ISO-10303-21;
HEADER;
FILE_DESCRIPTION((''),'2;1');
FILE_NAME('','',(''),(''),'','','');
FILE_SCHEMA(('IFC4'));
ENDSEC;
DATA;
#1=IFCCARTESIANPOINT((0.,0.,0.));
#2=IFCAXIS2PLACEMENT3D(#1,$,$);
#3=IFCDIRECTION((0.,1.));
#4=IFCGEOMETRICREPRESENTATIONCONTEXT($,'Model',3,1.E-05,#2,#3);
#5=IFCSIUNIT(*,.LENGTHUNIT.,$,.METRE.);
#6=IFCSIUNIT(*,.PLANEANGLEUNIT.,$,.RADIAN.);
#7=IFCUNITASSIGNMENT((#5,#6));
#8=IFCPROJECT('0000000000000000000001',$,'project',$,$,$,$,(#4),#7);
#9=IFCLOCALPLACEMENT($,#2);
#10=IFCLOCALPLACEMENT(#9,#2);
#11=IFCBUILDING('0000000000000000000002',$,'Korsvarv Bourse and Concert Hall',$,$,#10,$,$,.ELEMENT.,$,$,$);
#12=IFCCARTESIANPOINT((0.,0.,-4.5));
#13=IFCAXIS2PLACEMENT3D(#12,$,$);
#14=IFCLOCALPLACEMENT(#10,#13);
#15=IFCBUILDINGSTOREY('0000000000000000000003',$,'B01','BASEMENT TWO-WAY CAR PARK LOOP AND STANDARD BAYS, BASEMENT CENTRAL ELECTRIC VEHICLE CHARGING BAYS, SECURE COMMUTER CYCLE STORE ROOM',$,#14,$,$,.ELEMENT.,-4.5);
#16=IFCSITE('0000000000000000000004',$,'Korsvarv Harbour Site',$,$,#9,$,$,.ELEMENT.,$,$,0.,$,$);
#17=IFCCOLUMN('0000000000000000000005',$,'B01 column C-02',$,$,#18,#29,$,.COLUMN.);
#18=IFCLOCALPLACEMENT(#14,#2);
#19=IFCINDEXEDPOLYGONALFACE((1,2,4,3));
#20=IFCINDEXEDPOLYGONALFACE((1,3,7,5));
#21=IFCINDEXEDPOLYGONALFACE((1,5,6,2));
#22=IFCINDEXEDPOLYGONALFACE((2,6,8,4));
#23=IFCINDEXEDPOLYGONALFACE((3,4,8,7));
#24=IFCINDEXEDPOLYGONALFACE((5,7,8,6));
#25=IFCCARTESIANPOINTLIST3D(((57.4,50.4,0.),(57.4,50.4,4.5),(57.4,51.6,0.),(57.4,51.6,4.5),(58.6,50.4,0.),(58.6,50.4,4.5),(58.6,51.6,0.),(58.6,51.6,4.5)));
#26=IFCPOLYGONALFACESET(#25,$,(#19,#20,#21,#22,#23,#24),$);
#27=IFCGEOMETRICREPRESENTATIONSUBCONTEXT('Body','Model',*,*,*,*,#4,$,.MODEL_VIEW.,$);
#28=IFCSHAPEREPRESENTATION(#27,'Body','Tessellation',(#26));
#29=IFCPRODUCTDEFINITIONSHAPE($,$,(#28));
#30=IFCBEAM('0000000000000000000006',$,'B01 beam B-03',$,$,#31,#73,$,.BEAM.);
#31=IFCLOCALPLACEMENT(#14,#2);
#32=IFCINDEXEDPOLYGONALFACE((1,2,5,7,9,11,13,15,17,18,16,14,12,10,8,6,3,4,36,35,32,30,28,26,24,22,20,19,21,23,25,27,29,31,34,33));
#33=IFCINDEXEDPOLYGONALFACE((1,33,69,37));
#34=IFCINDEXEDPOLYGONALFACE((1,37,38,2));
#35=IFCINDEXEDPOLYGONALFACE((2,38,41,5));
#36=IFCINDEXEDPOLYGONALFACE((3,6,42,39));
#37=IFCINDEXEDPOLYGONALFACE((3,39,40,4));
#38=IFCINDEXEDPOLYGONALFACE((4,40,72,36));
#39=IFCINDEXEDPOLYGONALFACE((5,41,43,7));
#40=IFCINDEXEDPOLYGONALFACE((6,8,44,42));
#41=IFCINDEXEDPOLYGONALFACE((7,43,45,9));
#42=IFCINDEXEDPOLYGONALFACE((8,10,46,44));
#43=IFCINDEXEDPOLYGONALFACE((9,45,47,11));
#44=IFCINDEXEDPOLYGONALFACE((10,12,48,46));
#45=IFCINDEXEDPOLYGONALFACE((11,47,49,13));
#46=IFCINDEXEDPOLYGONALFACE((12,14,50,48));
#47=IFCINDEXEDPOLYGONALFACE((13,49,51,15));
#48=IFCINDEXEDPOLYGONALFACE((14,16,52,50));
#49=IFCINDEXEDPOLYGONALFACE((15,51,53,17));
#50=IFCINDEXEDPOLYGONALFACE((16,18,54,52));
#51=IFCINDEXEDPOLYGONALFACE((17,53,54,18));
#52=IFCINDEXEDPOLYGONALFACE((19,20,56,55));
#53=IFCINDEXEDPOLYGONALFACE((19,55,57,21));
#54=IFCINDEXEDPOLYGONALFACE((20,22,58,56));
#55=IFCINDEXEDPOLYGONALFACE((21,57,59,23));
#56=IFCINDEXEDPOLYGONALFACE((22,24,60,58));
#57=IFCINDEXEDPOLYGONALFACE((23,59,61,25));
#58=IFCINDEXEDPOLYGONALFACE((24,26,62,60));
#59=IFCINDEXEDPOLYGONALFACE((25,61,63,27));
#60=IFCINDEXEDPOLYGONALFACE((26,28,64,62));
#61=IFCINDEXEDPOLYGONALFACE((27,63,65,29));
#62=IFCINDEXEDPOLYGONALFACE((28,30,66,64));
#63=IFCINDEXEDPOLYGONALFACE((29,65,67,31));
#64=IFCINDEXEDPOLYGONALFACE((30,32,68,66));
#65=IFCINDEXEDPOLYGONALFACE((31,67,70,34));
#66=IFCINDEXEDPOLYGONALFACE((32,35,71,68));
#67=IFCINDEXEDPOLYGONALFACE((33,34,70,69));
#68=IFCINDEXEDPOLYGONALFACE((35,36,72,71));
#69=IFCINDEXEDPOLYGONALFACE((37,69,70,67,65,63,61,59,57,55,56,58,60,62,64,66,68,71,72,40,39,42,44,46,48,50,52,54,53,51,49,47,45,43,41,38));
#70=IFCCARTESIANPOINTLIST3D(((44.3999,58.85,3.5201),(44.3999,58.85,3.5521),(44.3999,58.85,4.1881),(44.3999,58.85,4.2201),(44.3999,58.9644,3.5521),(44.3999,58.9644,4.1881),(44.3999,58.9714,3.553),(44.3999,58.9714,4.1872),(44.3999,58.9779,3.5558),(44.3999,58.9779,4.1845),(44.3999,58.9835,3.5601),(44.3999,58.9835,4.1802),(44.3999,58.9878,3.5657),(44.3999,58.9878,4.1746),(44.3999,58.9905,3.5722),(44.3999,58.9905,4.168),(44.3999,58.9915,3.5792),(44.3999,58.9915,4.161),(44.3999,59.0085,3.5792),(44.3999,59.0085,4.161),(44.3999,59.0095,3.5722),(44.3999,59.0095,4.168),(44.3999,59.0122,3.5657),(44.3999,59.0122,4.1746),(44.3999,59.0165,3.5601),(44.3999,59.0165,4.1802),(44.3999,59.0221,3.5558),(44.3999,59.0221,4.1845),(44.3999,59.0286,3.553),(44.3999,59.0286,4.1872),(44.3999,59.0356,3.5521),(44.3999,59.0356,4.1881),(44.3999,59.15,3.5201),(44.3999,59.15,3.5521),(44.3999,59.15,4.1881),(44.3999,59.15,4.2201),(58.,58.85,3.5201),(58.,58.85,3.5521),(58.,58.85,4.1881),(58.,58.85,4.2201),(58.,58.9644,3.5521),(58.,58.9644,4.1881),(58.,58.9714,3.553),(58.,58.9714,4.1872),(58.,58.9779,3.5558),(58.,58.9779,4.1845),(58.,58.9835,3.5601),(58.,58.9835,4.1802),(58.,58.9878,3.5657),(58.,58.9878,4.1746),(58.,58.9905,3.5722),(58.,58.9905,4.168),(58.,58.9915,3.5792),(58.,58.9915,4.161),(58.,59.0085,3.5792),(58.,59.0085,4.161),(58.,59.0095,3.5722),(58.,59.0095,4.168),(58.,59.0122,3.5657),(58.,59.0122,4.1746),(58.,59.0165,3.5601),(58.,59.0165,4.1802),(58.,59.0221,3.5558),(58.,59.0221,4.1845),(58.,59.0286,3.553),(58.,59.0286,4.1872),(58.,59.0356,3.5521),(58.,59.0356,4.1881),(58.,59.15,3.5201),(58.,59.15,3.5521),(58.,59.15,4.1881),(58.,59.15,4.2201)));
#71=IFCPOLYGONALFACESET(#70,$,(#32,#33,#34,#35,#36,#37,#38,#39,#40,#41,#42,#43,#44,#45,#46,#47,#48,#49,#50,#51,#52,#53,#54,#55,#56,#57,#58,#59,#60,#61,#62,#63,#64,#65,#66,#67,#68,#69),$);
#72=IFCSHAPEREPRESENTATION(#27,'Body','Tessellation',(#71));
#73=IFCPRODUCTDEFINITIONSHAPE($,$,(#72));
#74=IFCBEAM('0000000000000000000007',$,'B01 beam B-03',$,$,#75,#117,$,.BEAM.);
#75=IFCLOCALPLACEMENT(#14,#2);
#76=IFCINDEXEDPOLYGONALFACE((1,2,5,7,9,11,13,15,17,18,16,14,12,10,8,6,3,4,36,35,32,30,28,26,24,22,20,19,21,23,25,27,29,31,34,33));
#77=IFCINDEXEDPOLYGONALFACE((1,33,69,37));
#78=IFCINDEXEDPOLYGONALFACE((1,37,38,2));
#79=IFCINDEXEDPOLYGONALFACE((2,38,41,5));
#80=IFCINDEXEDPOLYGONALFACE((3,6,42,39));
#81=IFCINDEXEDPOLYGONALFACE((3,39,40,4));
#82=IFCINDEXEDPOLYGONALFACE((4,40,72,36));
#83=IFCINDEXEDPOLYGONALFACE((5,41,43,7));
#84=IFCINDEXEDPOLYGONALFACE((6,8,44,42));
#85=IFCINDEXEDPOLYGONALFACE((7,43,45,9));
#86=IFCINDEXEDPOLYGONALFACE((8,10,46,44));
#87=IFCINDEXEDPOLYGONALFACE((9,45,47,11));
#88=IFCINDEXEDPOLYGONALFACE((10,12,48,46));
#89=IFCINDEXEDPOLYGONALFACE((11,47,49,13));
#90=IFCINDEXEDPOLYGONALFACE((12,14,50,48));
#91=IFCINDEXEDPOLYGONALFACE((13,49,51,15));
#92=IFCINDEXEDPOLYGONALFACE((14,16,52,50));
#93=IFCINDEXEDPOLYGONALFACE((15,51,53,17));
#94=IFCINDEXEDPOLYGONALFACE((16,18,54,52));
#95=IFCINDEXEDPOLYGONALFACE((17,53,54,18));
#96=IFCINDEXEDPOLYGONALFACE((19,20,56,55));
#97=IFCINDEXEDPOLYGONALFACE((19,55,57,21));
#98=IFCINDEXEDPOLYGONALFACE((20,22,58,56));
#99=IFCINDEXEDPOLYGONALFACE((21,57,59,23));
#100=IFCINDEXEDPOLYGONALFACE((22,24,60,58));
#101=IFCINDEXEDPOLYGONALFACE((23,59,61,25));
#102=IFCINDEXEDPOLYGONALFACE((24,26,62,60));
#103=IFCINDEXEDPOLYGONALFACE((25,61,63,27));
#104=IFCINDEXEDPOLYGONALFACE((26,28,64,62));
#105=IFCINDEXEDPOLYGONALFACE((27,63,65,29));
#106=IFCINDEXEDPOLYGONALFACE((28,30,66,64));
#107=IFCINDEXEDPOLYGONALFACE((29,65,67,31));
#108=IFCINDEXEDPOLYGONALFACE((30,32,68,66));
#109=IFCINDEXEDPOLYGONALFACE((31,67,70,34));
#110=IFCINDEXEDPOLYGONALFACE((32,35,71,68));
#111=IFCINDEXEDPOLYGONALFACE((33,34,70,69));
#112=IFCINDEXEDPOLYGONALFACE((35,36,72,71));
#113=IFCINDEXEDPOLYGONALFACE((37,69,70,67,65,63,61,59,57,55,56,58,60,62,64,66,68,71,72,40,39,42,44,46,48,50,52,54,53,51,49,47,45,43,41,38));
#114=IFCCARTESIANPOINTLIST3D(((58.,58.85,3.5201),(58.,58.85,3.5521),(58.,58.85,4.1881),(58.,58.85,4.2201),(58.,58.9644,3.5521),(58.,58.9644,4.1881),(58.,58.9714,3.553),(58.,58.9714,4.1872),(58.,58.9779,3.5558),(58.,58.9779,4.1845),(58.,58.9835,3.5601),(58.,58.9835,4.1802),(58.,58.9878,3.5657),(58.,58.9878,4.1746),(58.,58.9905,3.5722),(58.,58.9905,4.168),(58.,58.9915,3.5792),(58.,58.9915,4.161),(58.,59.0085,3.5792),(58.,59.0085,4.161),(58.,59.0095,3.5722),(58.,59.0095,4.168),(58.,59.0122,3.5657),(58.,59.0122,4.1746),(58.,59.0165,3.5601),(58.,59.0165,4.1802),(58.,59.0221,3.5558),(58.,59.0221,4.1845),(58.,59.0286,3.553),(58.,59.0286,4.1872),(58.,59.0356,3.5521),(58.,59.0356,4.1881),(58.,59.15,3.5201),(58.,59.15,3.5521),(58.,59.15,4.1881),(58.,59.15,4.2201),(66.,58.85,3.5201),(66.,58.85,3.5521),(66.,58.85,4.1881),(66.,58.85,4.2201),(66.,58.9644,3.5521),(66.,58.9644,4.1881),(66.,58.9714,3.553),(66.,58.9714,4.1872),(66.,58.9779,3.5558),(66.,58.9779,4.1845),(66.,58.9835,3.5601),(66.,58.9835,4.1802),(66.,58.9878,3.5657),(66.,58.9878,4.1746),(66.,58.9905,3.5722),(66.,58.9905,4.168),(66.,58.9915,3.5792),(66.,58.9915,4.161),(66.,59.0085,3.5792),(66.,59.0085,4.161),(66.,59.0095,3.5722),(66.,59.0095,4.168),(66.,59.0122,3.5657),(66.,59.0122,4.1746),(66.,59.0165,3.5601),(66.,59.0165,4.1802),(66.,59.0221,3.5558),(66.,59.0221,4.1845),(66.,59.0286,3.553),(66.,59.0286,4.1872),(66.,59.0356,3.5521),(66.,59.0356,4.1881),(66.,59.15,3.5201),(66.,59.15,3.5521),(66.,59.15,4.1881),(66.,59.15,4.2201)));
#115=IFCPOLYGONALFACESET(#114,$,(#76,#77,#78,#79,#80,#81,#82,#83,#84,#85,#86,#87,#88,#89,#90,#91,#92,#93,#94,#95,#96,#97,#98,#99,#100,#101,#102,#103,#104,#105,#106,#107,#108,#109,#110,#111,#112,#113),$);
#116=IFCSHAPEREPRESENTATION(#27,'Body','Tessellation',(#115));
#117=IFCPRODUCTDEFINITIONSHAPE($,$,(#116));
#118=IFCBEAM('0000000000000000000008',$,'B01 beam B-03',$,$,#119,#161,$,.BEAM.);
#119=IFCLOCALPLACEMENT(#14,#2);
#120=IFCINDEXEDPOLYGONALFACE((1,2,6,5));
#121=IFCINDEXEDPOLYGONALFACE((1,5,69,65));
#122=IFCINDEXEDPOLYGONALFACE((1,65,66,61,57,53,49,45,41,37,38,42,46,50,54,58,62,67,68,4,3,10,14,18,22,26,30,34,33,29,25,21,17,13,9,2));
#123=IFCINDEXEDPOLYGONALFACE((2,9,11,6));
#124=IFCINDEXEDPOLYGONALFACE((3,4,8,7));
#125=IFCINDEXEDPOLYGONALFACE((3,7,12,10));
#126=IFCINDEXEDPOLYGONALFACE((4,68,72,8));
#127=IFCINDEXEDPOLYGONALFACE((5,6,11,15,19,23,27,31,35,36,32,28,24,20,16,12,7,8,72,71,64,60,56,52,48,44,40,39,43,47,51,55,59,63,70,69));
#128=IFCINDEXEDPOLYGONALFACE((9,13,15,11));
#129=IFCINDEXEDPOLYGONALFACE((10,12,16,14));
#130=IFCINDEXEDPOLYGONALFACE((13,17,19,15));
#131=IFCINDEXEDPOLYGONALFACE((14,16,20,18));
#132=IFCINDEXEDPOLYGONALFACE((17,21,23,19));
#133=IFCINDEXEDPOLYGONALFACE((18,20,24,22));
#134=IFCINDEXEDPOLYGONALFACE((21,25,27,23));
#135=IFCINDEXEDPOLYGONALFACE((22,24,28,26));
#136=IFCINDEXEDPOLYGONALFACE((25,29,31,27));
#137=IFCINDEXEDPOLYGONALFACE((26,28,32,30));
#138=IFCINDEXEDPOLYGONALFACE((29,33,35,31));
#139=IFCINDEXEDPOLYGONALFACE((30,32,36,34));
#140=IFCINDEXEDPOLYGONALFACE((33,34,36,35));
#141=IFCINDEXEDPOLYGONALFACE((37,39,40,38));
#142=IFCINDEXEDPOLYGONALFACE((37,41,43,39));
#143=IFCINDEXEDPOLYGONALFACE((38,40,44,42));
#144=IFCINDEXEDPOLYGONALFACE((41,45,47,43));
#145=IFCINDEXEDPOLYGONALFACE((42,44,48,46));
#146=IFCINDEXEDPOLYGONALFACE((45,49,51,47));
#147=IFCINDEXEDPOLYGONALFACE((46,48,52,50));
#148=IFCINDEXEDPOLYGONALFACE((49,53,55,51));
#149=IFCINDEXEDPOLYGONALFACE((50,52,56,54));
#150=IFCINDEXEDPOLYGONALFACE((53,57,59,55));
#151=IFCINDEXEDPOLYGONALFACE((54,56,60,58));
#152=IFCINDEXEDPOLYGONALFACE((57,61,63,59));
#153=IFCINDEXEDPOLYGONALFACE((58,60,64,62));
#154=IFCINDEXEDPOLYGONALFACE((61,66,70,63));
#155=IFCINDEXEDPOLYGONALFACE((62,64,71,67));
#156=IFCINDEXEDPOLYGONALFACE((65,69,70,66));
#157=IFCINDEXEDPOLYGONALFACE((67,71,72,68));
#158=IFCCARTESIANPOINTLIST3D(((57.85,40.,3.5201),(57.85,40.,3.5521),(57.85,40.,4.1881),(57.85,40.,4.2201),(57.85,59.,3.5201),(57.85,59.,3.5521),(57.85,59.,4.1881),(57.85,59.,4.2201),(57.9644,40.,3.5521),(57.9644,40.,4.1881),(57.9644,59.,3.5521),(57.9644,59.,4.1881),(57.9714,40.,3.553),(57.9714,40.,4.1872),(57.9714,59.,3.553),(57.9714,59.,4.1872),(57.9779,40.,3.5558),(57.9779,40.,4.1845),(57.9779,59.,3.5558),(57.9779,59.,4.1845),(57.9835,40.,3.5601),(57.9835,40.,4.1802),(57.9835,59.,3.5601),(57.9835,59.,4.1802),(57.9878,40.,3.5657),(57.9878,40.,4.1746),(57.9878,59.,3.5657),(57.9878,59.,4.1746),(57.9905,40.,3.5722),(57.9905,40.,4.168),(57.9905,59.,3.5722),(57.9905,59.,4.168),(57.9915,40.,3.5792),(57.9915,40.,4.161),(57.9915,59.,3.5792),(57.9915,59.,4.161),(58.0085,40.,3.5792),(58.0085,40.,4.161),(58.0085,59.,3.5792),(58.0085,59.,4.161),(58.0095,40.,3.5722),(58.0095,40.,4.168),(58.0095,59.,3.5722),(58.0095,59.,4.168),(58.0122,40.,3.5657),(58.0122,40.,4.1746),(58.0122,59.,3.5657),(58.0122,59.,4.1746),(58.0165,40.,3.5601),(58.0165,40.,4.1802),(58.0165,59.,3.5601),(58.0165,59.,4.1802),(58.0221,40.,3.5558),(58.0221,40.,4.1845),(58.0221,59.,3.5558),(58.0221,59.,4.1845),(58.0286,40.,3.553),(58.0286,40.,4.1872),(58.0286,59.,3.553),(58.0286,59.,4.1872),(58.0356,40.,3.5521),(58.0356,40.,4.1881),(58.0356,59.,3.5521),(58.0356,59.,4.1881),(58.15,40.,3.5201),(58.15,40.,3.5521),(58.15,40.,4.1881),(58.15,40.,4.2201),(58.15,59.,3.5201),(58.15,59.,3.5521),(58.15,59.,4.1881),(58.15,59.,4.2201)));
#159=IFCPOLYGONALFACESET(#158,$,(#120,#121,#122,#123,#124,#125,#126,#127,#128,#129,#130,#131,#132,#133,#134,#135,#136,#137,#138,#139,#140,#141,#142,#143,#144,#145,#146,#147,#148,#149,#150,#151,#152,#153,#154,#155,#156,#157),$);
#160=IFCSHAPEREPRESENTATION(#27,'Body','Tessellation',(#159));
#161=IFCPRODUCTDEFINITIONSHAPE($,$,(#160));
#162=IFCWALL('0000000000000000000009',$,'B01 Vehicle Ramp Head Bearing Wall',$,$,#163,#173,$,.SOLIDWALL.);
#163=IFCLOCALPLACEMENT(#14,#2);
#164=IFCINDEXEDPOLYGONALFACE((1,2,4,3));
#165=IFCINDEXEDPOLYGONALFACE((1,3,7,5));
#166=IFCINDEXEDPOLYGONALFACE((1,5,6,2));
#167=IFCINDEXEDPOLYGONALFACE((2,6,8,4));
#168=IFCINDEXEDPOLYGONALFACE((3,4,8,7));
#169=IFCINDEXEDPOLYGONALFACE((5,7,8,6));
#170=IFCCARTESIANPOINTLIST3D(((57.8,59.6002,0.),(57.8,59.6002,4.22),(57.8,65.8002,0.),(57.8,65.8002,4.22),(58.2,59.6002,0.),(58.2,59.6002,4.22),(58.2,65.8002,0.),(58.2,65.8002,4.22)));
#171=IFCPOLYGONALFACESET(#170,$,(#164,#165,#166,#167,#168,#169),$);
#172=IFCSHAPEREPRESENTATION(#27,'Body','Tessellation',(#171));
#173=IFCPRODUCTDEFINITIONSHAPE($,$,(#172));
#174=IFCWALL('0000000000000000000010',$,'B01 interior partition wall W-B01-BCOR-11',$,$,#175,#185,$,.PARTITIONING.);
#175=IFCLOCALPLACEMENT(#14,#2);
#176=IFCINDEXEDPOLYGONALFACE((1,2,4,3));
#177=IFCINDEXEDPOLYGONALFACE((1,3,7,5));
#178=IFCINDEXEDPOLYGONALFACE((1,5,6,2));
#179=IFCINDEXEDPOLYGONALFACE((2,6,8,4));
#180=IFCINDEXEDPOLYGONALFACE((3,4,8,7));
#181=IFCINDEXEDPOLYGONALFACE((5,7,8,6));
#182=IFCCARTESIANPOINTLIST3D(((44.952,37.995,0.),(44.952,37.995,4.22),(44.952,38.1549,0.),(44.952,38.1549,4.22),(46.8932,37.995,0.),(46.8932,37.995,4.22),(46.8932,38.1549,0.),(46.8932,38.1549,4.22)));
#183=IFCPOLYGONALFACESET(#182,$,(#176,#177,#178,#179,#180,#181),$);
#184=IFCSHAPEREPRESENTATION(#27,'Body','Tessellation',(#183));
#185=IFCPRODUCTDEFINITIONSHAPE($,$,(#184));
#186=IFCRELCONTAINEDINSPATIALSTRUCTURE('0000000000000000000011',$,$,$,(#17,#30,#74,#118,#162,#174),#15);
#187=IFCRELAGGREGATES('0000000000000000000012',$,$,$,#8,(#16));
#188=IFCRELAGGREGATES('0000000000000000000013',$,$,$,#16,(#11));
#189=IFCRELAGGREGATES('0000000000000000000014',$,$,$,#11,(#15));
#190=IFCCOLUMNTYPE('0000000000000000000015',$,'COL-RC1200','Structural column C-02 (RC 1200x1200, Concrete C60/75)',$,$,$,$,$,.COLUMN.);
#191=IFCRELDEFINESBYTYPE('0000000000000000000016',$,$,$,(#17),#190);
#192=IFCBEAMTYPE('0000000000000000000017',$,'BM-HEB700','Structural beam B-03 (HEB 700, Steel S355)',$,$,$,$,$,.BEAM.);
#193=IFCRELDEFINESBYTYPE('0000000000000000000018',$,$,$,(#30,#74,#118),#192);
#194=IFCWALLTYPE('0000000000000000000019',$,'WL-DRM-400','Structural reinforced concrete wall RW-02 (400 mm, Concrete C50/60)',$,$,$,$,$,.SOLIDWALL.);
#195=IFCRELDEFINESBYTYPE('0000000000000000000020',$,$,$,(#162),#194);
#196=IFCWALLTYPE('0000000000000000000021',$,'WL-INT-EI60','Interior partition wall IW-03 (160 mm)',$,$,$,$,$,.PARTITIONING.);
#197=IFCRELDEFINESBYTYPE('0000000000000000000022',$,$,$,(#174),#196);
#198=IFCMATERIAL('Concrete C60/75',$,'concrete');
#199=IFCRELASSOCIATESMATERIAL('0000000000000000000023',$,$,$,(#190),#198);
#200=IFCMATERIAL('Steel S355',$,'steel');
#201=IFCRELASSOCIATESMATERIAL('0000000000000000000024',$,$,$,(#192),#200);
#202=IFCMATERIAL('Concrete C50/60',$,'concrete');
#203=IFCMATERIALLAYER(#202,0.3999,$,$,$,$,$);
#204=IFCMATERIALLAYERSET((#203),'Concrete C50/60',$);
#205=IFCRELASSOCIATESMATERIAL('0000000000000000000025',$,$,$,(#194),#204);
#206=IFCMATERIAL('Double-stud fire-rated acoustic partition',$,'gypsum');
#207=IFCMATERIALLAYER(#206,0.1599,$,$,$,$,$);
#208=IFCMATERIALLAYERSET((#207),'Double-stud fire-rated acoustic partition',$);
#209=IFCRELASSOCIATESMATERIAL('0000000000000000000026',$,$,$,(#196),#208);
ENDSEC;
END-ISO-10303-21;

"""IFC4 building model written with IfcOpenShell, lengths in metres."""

from ifc_helpers import new_model, si_unit, direction, frame, frame_2d, origin, origin_2d, place, context, subcontext, project, spatial, rectangle, i_section, extrude, source, transform, mapped, material, layer, layer_set, material_profile, profile_set, type_object, element, save


model = new_model("IFC4")

# Units and contexts
model_context = context("Model", 3, precision=1e-05, world=origin(), true_north=direction((0.0, 1.0)))
body_context = subcontext(model_context, "Body", "Model", "MODEL_VIEW")
ifc_project = project(units=[si_unit("LENGTHUNIT", "METRE"), si_unit("PLANEANGLEUNIT", "RADIAN")], contexts=[model_context])

# Site, building, storey
site_placement = place(None, origin())
site = spatial("IfcSite", under=ifc_project, at=site_placement, Name="Korsvarv Harbour Site", CompositionType="ELEMENT", RefElevation=0.0)
building_placement = place(site_placement, origin())
building = spatial("IfcBuilding", under=site, at=building_placement, Name="Korsvarv Bourse and Concert Hall", CompositionType="ELEMENT")
storey_placement = place(building_placement, frame((0.0, 0.0, -4.5)))
storey = spatial("IfcBuildingStorey", under=building, at=storey_placement, Name="B01", Description="BASEMENT TWO-WAY CAR PARK LOOP AND STANDARD BAYS, BASEMENT CENTRAL ELECTRIC VEHICLE CHARGING BAYS, SECURE COMMUTER CYCLE STORE ROOM", CompositionType="ELEMENT", Elevation=-4.5)

# Column
ifc_material_1 = material(Name="Concrete C60/75", Category="concrete")
ifc_material_profile_1 = material_profile(ifc_material_1, rectangle(XDim=1.2, YDim=1.2, at=origin_2d()), Name="RC 1200x1200")
ifc_profile_set_1 = profile_set([ifc_material_profile_1], Name="Concrete C60/75")
column_type_1 = type_object("IfcColumnType", Name="COL-RC1200", Description="Structural column C-02 (RC 1200x1200, Concrete C60/75)", PredefinedType="COLUMN", material=ifc_profile_set_1)
shared_shape_1 = source(origin(), body_context, "Body", "SweptSolid", [
    extrude(rectangle(XDim=1.2, YDim=1.2, at=origin_2d()), origin(), (0.0, 0.0, 1.0), 4.5),
])
for number, where, z_axis, x_axis, name in (
    (1, (58.0, 51.0, 0.0), (0.0, 0.0, 1.0), (1.0, 0.0, 0.0), "B01 column C-02"),
):
    element("IfcColumn", number, at=place(storey_placement, frame(where, z_axis=z_axis, x_axis=x_axis)), inside=storey, type_object=column_type_1, Name=name, PredefinedType="COLUMN", context=body_context, shape_type="MappedRepresentation", body=[
        mapped(shared_shape_1, transform((0.0, 0.0, 0.0), scale=1.0)),
    ])

# Beams
ifc_material_2 = material(Name="Steel S355", Category="steel")
ifc_material_profile_2 = material_profile(ifc_material_2, i_section(OverallWidth=0.3, OverallDepth=0.7, WebThickness=0.0171, FlangeThickness=0.032, FilletRadius=0.0271, at=origin_2d()), Name="HEB 700")
ifc_profile_set_2 = profile_set([ifc_material_profile_2], Name="Steel S355")
beam_type = type_object("IfcBeamType", Name="BM-HEB700", Description="Structural beam B-03 (HEB 700, Steel S355)", PredefinedType="BEAM", material=ifc_profile_set_2)
shared_shape_2 = source(origin(), body_context, "Body", "SweptSolid", [
    extrude(i_section(OverallWidth=0.3, OverallDepth=0.7, WebThickness=0.0171, FlangeThickness=0.032, FilletRadius=0.0271, at=origin_2d()), origin(), (0.0, 0.0, 1.0), 13.6001),
])
beam_1_placement = place(storey_placement, frame((44.3999, 59.0, 3.8701), z_axis=(1.0, 0.0, 0.0), x_axis=(0.0, 1.0, 0.0)))
element("IfcBeam", 2, at=beam_1_placement, inside=storey, type_object=beam_type, Name="B01 beam B-03", PredefinedType="BEAM", context=body_context, shape_type="MappedRepresentation", body=[
    mapped(shared_shape_2, transform((0.0, 0.0, 0.0), scale=1.0)),
])
shared_shape_3 = source(origin(), body_context, "Body", "SweptSolid", [
    extrude(i_section(OverallWidth=0.3, OverallDepth=0.7, WebThickness=0.0171, FlangeThickness=0.032, FilletRadius=0.0271, at=origin_2d()), origin(), (0.0, 0.0, 1.0), 8.0),
])
beam_2_placement = place(storey_placement, frame((58.0, 59.0, 3.8701), z_axis=(1.0, 0.0, 0.0), x_axis=(0.0, 1.0, 0.0)))
element("IfcBeam", 3, at=beam_2_placement, inside=storey, type_object=beam_type, Name="B01 beam B-03", PredefinedType="BEAM", context=body_context, shape_type="MappedRepresentation", body=[
    mapped(shared_shape_3, transform((0.0, 0.0, 0.0), scale=1.0)),
])
shared_shape_4 = source(origin(), body_context, "Body", "SweptSolid", [
    extrude(i_section(OverallWidth=0.3, OverallDepth=0.7, WebThickness=0.0171, FlangeThickness=0.032, FilletRadius=0.0271, at=origin_2d()), origin(), (0.0, 0.0, 1.0), 19.0),
])
beam_3_placement = place(storey_placement, frame((58.0, 40.0, 3.8701), z_axis=(0.0, 1.0, 0.0), x_axis=(-1.0, 0.0, 0.0)))
element("IfcBeam", 4, at=beam_3_placement, inside=storey, type_object=beam_type, Name="B01 beam B-03", PredefinedType="BEAM", context=body_context, shape_type="MappedRepresentation", body=[
    mapped(shared_shape_4, transform((0.0, 0.0, 0.0), scale=1.0)),
])

# Walls
ifc_material_3 = material(Name="Concrete C50/60", Category="concrete")
ifc_layer_1 = layer(ifc_material_3, 0.3999)
ifc_layer_set_1 = layer_set([ifc_layer_1], Name="Concrete C50/60")
wall_type_1 = type_object("IfcWallType", Name="WL-DRM-400", Description="Structural reinforced concrete wall RW-02 (400 mm, Concrete C50/60)", PredefinedType="SOLIDWALL", material=ifc_layer_set_1)
wall_1_placement = place(storey_placement, frame((58.0, 59.6001, 0.0), z_axis=(0.0, 0.0, 1.0), x_axis=(0.0, 1.0, 0.0)))
element("IfcWall", 5, at=wall_1_placement, inside=storey, type_object=wall_type_1, Name="B01 Vehicle Ramp Head Bearing Wall", PredefinedType="SOLIDWALL", context=body_context, shape_type="SweptSolid", body=[
    extrude(rectangle(XDim=6.2, YDim=0.3999, at=frame_2d((3.1001, 0.0))), origin(), (0.0, 0.0, 1.0), 4.22),
])
ifc_material_4 = material(Name="Double-stud fire-rated acoustic partition", Category="gypsum")
ifc_layer_2 = layer(ifc_material_4, 0.1599)
ifc_layer_set_2 = layer_set([ifc_layer_2], Name="Double-stud fire-rated acoustic partition")
wall_type_2 = type_object("IfcWallType", Name="WL-INT-EI60", Description="Interior partition wall IW-03 (160 mm)", PredefinedType="PARTITIONING", material=ifc_layer_set_2)
wall_2_placement = place(storey_placement, frame((44.9519, 38.075, 0.0), z_axis=(0.0, 0.0, 1.0), x_axis=(1.0, 0.0, 0.0)))
element("IfcWall", 6, at=wall_2_placement, inside=storey, type_object=wall_type_2, Name="B01 interior partition wall W-B01-BCOR-11", PredefinedType="PARTITIONING", context=body_context, shape_type="SweptSolid", body=[
    extrude(rectangle(XDim=1.9412, YDim=0.1599, at=frame_2d((0.9707, 0.0))), origin(), (0.0, 0.0, 1.0), 4.22),
])

save(model, "model.ifc")
